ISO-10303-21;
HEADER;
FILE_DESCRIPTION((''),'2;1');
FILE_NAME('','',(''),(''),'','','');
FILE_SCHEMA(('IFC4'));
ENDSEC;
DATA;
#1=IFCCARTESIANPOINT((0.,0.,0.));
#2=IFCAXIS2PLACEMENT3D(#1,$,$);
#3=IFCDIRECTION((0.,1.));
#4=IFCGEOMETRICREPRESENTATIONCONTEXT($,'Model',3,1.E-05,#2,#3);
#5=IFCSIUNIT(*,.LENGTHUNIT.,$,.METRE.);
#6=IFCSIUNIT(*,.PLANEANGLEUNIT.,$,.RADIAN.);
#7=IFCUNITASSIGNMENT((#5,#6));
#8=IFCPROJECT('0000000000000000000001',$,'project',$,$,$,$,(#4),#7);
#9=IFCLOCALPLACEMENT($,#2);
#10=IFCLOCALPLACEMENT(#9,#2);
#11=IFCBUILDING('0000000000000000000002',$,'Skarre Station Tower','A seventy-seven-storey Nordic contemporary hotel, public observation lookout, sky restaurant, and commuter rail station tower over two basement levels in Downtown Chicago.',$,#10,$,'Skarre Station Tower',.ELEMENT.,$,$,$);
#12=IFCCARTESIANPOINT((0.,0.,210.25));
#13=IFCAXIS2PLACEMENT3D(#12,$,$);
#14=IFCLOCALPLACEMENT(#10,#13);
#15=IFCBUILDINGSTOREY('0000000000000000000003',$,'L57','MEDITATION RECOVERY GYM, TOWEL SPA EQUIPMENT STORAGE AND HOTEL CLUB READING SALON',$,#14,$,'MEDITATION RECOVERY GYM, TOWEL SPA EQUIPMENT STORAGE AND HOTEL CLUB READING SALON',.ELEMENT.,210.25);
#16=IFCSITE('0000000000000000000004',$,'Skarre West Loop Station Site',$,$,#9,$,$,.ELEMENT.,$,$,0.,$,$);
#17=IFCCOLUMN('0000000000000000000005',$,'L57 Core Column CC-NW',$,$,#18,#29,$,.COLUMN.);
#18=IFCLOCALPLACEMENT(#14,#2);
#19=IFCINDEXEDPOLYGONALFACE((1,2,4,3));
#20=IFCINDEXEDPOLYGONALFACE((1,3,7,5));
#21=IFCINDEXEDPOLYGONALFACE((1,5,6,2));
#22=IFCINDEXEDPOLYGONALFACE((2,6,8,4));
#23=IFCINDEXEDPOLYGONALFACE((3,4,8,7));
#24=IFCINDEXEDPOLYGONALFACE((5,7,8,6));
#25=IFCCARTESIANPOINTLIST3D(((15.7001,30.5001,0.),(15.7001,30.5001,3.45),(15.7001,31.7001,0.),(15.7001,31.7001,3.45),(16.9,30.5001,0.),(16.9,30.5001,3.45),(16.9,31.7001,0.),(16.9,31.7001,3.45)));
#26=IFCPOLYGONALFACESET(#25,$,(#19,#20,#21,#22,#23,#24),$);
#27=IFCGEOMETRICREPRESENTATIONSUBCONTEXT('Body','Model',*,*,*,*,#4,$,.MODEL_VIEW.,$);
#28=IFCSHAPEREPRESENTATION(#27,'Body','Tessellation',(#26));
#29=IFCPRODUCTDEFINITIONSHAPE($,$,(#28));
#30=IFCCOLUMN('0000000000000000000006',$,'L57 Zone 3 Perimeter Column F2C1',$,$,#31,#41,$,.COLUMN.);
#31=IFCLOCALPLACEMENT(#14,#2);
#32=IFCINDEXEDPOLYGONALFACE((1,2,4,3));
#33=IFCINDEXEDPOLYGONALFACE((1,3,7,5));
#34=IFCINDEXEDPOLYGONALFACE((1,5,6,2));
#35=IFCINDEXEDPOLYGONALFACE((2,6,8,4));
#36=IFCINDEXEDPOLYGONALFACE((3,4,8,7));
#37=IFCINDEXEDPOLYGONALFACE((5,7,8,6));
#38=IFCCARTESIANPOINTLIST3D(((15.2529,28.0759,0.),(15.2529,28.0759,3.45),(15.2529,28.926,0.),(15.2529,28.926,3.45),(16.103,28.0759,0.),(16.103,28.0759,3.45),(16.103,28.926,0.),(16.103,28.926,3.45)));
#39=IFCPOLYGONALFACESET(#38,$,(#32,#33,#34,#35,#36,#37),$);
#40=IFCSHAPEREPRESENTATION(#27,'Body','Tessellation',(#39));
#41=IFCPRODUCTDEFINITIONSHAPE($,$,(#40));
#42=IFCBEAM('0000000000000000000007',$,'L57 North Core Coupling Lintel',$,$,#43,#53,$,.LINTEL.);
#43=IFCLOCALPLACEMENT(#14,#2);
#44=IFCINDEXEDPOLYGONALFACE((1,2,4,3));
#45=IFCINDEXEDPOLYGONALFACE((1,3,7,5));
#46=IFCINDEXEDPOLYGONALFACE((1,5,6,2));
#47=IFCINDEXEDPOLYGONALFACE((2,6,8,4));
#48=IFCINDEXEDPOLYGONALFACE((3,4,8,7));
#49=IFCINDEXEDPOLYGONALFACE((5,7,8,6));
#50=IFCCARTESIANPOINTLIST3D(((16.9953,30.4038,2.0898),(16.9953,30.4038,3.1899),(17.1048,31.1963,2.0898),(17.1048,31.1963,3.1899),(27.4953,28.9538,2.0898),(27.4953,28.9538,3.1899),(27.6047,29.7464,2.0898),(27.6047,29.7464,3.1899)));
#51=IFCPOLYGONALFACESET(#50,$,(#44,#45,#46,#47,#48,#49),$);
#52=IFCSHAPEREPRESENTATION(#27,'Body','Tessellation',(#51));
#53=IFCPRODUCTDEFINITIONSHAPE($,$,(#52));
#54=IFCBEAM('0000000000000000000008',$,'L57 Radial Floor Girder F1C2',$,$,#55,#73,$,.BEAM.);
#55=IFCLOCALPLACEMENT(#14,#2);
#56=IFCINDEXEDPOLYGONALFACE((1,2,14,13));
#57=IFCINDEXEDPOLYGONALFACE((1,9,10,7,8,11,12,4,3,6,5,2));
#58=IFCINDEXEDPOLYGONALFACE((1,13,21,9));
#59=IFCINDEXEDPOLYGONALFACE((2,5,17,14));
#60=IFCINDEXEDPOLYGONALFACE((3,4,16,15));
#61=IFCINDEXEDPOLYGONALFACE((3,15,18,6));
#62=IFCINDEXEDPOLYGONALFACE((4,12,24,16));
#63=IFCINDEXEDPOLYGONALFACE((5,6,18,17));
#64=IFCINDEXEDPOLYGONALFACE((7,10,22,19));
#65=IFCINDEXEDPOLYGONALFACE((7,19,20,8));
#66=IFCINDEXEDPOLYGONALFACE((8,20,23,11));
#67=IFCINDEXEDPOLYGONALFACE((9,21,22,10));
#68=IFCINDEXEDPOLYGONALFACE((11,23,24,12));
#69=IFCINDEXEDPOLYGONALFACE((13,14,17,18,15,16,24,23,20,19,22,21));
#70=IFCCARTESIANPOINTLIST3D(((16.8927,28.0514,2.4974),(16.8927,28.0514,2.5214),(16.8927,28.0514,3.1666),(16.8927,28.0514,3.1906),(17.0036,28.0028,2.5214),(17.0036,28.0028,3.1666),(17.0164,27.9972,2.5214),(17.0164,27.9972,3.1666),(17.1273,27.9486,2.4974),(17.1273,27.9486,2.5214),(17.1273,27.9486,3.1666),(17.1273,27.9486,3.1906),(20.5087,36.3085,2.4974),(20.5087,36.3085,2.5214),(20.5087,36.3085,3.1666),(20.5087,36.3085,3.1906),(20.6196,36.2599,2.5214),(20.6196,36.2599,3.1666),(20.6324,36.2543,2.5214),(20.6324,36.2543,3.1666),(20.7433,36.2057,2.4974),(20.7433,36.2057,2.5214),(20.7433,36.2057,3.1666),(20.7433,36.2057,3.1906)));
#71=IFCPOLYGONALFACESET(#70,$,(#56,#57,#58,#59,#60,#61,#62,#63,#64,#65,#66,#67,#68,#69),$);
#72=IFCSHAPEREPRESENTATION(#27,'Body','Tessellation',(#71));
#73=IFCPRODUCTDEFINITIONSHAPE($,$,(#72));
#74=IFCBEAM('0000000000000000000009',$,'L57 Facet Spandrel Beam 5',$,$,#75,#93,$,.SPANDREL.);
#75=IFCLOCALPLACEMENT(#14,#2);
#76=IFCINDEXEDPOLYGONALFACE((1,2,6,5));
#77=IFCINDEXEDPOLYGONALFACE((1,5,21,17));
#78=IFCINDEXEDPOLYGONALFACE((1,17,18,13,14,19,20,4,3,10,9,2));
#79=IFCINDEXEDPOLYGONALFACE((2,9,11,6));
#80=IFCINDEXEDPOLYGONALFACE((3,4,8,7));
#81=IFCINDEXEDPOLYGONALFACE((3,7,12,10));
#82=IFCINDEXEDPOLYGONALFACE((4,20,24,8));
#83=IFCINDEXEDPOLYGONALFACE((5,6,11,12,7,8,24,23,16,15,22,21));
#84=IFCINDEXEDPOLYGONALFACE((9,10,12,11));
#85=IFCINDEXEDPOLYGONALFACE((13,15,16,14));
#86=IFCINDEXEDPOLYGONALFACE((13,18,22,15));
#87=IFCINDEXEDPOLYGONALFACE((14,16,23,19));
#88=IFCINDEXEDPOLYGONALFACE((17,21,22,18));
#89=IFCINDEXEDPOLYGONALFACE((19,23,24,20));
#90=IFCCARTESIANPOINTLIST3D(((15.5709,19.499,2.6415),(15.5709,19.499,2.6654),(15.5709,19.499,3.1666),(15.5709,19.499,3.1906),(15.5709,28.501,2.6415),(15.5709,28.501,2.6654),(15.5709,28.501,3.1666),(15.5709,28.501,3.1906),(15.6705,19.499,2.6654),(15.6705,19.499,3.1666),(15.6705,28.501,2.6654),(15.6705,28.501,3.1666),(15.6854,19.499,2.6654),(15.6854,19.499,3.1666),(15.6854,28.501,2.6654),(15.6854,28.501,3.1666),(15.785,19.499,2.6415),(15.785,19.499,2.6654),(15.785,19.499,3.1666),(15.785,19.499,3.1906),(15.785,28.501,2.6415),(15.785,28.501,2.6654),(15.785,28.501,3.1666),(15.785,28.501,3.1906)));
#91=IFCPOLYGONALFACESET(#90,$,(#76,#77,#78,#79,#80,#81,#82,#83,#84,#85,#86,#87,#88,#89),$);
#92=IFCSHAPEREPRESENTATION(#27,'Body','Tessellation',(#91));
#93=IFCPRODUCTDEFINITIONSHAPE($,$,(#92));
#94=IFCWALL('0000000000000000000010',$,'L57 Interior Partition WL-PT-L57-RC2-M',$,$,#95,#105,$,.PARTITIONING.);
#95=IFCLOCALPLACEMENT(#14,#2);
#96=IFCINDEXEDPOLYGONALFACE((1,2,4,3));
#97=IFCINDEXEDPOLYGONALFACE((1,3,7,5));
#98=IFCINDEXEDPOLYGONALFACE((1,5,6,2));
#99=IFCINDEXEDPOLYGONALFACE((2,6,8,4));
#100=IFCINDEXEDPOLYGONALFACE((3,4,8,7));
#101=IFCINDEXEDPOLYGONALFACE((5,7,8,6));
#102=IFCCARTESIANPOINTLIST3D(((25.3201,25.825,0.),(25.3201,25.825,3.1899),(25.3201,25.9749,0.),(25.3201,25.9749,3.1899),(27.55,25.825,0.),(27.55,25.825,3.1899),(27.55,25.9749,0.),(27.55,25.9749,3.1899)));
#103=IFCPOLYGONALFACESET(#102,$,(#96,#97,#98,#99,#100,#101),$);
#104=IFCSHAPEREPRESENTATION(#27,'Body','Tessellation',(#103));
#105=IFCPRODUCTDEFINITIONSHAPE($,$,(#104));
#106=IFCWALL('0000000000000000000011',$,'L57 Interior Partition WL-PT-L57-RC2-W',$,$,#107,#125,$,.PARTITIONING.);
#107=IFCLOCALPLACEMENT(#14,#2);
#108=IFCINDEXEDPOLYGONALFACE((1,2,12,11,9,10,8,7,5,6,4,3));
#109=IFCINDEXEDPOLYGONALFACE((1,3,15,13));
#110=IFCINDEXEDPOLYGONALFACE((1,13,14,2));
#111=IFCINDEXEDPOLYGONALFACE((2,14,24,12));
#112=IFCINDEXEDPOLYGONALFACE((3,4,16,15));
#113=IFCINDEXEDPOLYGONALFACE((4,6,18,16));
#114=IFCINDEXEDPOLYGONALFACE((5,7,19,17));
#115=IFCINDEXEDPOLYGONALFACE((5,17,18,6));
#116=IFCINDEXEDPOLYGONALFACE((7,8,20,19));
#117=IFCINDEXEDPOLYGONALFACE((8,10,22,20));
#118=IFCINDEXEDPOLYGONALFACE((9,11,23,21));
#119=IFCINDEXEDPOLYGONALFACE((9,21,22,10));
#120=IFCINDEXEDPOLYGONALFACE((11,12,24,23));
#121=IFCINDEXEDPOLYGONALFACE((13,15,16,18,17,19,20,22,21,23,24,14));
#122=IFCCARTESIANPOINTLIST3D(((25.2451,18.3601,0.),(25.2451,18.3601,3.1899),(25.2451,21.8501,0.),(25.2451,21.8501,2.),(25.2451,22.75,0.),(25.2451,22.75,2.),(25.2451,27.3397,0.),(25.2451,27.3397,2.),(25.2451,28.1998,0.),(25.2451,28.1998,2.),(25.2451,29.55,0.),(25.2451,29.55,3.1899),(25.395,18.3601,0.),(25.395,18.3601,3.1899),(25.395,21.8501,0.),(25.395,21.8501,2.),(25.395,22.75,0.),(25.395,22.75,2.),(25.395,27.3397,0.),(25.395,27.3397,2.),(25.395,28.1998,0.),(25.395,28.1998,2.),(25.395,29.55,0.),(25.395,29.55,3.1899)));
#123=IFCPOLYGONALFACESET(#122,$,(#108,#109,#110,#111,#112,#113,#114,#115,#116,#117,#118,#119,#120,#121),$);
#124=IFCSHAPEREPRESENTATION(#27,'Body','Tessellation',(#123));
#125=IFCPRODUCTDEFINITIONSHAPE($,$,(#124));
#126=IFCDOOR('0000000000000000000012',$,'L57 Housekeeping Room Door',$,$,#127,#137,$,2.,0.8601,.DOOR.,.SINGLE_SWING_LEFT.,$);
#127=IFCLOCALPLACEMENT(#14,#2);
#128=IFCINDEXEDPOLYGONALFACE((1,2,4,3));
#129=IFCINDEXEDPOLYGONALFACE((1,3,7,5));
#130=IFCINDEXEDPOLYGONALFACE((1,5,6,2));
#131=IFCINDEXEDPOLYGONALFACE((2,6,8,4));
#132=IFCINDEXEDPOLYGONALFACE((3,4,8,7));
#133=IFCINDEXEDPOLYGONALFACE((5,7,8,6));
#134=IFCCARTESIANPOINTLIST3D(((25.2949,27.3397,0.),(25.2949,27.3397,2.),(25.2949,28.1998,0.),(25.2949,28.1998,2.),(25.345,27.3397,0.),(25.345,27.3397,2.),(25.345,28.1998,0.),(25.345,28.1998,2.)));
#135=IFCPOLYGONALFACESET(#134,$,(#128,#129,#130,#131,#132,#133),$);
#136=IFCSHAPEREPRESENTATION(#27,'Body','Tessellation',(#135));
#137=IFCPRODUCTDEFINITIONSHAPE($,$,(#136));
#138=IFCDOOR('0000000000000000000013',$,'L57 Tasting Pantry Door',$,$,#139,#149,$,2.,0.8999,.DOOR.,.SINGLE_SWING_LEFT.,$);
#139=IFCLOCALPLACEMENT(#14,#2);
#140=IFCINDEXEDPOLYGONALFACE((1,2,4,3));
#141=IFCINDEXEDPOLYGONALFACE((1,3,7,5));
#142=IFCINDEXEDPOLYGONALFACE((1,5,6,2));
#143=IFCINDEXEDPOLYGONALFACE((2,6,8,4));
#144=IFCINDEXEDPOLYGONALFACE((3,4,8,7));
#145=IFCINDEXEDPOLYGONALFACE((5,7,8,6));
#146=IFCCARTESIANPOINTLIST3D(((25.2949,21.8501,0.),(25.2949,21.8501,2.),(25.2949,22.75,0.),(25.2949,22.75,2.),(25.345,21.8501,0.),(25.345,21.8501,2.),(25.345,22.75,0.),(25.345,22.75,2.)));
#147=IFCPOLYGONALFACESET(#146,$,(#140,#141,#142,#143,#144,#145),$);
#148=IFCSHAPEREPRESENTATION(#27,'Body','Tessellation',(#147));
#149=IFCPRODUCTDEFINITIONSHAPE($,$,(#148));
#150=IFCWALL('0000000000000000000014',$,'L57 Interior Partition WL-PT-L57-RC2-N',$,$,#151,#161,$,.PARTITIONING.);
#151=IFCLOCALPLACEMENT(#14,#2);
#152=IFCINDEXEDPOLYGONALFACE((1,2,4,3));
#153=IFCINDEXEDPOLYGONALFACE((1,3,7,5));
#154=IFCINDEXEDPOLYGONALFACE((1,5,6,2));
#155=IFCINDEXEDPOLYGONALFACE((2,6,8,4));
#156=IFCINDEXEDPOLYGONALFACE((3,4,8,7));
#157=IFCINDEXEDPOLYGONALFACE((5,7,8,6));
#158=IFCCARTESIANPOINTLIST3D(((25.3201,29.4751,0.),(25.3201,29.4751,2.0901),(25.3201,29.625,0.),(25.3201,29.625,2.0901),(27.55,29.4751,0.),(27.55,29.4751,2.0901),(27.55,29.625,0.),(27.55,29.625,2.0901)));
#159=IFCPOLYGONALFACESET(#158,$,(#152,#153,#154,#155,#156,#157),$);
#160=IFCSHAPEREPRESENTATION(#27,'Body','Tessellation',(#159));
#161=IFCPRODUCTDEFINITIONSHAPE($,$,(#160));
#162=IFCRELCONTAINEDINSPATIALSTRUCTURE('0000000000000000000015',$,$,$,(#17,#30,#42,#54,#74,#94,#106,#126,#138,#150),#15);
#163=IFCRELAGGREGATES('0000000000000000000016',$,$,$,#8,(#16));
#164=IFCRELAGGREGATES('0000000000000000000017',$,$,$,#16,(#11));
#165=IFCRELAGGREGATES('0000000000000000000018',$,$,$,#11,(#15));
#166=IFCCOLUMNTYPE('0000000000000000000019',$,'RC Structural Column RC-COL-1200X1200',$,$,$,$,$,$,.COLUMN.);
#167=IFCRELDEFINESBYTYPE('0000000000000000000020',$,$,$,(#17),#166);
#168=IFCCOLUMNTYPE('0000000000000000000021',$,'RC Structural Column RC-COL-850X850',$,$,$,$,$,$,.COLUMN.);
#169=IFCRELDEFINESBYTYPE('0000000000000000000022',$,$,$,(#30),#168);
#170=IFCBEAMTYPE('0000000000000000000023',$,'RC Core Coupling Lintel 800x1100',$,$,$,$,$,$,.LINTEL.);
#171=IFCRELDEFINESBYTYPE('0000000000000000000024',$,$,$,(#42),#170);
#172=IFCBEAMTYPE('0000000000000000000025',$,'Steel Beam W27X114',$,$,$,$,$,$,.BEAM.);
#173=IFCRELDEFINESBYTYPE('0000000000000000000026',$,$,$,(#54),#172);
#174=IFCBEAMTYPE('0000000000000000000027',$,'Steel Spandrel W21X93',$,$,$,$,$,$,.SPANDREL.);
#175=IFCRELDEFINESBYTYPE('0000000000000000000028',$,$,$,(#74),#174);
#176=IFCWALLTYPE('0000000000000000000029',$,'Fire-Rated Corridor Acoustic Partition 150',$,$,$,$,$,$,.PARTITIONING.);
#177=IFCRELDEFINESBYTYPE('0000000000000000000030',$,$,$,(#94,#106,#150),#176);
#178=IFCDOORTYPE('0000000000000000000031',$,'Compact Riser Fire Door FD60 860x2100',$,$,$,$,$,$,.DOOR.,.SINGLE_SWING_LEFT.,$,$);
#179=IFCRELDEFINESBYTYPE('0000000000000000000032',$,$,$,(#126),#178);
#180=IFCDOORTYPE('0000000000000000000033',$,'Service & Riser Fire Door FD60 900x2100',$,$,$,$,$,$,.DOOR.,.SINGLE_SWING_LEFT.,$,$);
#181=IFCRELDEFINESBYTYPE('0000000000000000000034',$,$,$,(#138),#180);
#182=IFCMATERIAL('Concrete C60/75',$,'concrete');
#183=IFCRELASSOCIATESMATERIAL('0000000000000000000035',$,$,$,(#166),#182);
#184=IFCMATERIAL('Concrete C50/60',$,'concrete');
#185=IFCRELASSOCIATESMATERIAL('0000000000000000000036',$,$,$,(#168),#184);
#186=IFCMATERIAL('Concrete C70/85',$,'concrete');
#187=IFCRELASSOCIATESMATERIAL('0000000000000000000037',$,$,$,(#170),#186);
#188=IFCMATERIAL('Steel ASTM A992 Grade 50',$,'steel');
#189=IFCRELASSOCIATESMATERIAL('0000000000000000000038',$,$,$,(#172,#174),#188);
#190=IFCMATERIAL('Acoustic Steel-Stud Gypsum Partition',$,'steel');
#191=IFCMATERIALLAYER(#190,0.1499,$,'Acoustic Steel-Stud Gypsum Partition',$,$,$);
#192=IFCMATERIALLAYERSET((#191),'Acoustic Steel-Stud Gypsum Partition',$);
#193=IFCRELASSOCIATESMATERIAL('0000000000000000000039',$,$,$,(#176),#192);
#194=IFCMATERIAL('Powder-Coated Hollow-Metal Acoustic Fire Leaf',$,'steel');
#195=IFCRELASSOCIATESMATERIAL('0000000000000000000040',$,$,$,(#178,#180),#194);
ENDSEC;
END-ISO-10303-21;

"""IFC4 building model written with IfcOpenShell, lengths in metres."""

from ifc_helpers import new_model, si_unit, direction, frame, frame_2d, origin, origin_2d, place, context, subcontext, project, spatial, rectangle, i_section, extrude, material, layer, layer_set, material_profile, profile_set, type_object, element, fill, save


model = new_model("IFC4")

# Units and contexts
model_context = context("Model", 3, precision=1e-05, world=origin(), true_north=direction((0.0, 1.0)))
body_context = subcontext(model_context, "Body", "Model", "MODEL_VIEW")
ifc_project = project(units=[si_unit("LENGTHUNIT", "METRE"), si_unit("PLANEANGLEUNIT", "RADIAN")], contexts=[model_context])

# Site, building, storey
site_placement = place(None, origin())
site = spatial("IfcSite", under=ifc_project, at=site_placement, Name="Skarre West Loop Station Site", CompositionType="ELEMENT", RefElevation=0.0)
building_placement = place(site_placement, origin())
building = spatial("IfcBuilding", under=site, at=building_placement, Name="Skarre Station Tower", Description="A seventy-seven-storey Nordic contemporary hotel, public observation lookout, sky restaurant, and commuter rail station tower over two basement levels in Downtown Chicago.", LongName="Skarre Station Tower", CompositionType="ELEMENT")
storey_placement = place(building_placement, frame((0.0, 0.0, 210.25)))
storey = spatial("IfcBuildingStorey", under=building, at=storey_placement, Name="L57", Description="MEDITATION RECOVERY GYM, TOWEL SPA EQUIPMENT STORAGE AND HOTEL CLUB READING SALON", LongName="MEDITATION RECOVERY GYM, TOWEL SPA EQUIPMENT STORAGE AND HOTEL CLUB READING SALON", CompositionType="ELEMENT", Elevation=210.25)

# Columns
ifc_material_1 = material(Name="Concrete C60/75", Category="concrete")
ifc_material_profile_1 = material_profile(ifc_material_1, rectangle(XDim=1.2, YDim=1.2, at=origin_2d()), Name="Concrete C60/75")
ifc_profile_set_1 = profile_set([ifc_material_profile_1], Name="Concrete C60/75")
column_type_1 = type_object("IfcColumnType", Name="RC Structural Column RC-COL-1200X1200", PredefinedType="COLUMN", material=ifc_profile_set_1)
column_1_placement = place(storey_placement, frame((16.3, 31.1001, 0.0), z_axis=(0.0, 0.0, 1.0), x_axis=(1.0, 0.0, 0.0)))
element("IfcColumn", 1, at=column_1_placement, inside=storey, type_object=column_type_1, Name="L57 Core Column CC-NW", PredefinedType="COLUMN", context=body_context, shape_type="SweptSolid", body=[
    extrude(rectangle(XDim=1.2, YDim=1.2, at=origin_2d()), origin(), (0.0, 0.0, 1.0), 3.45),
])
ifc_material_2 = material(Name="Concrete C50/60", Category="concrete")
ifc_material_profile_2 = material_profile(ifc_material_2, rectangle(XDim=0.8501, YDim=0.8501, at=origin_2d()), Name="Concrete C50/60")
ifc_profile_set_2 = profile_set([ifc_material_profile_2], Name="Concrete C50/60")
column_type_2 = type_object("IfcColumnType", Name="RC Structural Column RC-COL-850X850", PredefinedType="COLUMN", material=ifc_profile_set_2)
column_2_placement = place(storey_placement, frame((15.678, 28.501, 0.0), z_axis=(0.0, 0.0, 1.0), x_axis=(1.0, 0.0, 0.0)))
element("IfcColumn", 2, at=column_2_placement, inside=storey, type_object=column_type_2, Name="L57 Zone 3 Perimeter Column F2C1", PredefinedType="COLUMN", context=body_context, shape_type="SweptSolid", body=[
    extrude(rectangle(XDim=0.8501, YDim=0.8501, at=origin_2d()), origin(), (0.0, 0.0, 1.0), 3.45),
])

# Beams
ifc_material_3 = material(Name="Concrete C70/85", Category="concrete")
ifc_material_profile_3 = material_profile(ifc_material_3, rectangle(XDim=0.8, YDim=1.1001, at=origin_2d()), Name="Concrete C70/85")
ifc_profile_set_3 = profile_set([ifc_material_profile_3], Name="Concrete C70/85")
beam_type_1 = type_object("IfcBeamType", Name="RC Core Coupling Lintel 800x1100", PredefinedType="LINTEL", material=ifc_profile_set_3)
beam_1_placement = place(storey_placement, frame((17.05, 30.8, 2.6399), z_axis=(0.9906, -0.136792, 0.0), x_axis=(0.136792, 0.9906, 0.0)))
element("IfcBeam", 3, at=beam_1_placement, inside=storey, type_object=beam_type_1, Name="L57 North Core Coupling Lintel", PredefinedType="LINTEL", context=body_context, shape_type="SweptSolid", body=[
    extrude(rectangle(XDim=0.8, YDim=1.1001, at=origin_2d()), origin(), (0.0, 0.0, 1.0), 10.5996),
])
ifc_material_4 = material(Name="Steel ASTM A992 Grade 50", Category="steel")
ifc_material_profile_4 = material_profile(ifc_material_4, i_section(OverallWidth=0.2561, OverallDepth=0.6931, WebThickness=0.0139, FlangeThickness=0.0239, at=origin_2d()), Name="Steel ASTM A992 Grade 50")
ifc_profile_set_4 = profile_set([ifc_material_profile_4], Name="Steel ASTM A992 Grade 50")
beam_type_2 = type_object("IfcBeamType", Name="Steel Beam W27X114", PredefinedType="BEAM", material=ifc_profile_set_4)
beam_2_placement = place(storey_placement, frame((17.01, 28.0, 2.844), z_axis=(0.401144, 0.916015, 0.0), x_axis=(-0.916015, 0.401144, 0.0)))
element("IfcBeam", 4, at=beam_2_placement, inside=storey, type_object=beam_type_2, Name="L57 Radial Floor Girder F1C2", PredefinedType="BEAM", context=body_context, shape_type="SweptSolid", body=[
    extrude(i_section(OverallWidth=0.2561, OverallDepth=0.6931, WebThickness=0.0139, FlangeThickness=0.0239, at=origin_2d()), origin(), (0.0, 0.0, 1.0), 9.0142),
])
ifc_material_profile_5 = material_profile(ifc_material_4, i_section(OverallWidth=0.2141, OverallDepth=0.5491, WebThickness=0.0149, FlangeThickness=0.0239, at=origin_2d()), Name="Steel ASTM A992 Grade 50")
ifc_profile_set_5 = profile_set([ifc_material_profile_5], Name="Steel ASTM A992 Grade 50")
beam_type_3 = type_object("IfcBeamType", Name="Steel Spandrel W21X93", PredefinedType="SPANDREL", material=ifc_profile_set_5)
beam_3_placement = place(storey_placement, frame((15.678, 28.501, 2.916), z_axis=(0.0, -1.0, 0.0), x_axis=(1.0, 0.0, 0.0)))
element("IfcBeam", 5, at=beam_3_placement, inside=storey, type_object=beam_type_3, Name="L57 Facet Spandrel Beam 5", PredefinedType="SPANDREL", context=body_context, shape_type="SweptSolid", body=[
    extrude(i_section(OverallWidth=0.2141, OverallDepth=0.5491, WebThickness=0.0149, FlangeThickness=0.0239, at=origin_2d()), origin(), (0.0, 0.0, 1.0), 9.002),
])

# Wall
ifc_material_5 = material(Name="Acoustic Steel-Stud Gypsum Partition", Category="steel")
ifc_layer_1 = layer(ifc_material_5, 0.1499, Name="Acoustic Steel-Stud Gypsum Partition")
ifc_layer_set_1 = layer_set([ifc_layer_1], Name="Acoustic Steel-Stud Gypsum Partition")
wall_type_1 = type_object("IfcWallType", Name="Fire-Rated Corridor Acoustic Partition 150", PredefinedType="PARTITIONING", material=ifc_layer_set_1)
wall_1_placement = place(storey_placement, frame((25.3201, 25.8999, 0.0), z_axis=(0.0, 0.0, 1.0), x_axis=(1.0, 0.0, 0.0)))
element("IfcWall", 6, at=wall_1_placement, inside=storey, type_object=wall_type_1, Name="L57 Interior Partition WL-PT-L57-RC2-M", PredefinedType="PARTITIONING", context=body_context, shape_type="SweptSolid", body=[
    extrude(rectangle(XDim=2.23, YDim=0.1499, at=frame_2d((1.115, 0.0))), origin(), (0.0, 0.0, 1.0), 3.1899),
])

# Wall, openings, doors
wall_2_placement = place(storey_placement, frame((25.3201, 29.55, 0.0), z_axis=(0.0, 0.0, 1.0), x_axis=(0.0, -1.0, 0.0)))
wall_2 = element("IfcWall", 7, at=wall_2_placement, inside=storey, type_object=wall_type_1, Name="L57 Interior Partition WL-PT-L57-RC2-W", PredefinedType="PARTITIONING", context=body_context, shape_type="SweptSolid", body=[
    extrude(rectangle(XDim=11.1899, YDim=0.1499, at=frame_2d((5.595, 0.0))), origin(), (0.0, 0.0, 1.0), 3.1899),
])
opening_1_placement = place(wall_2_placement, frame((1.3501, 0.0, 0.0)))
opening_1 = element("IfcOpeningElement", 8, at=opening_1_placement, cuts=wall_2, PredefinedType="OPENING", context=body_context, shape_type="SweptSolid", body=[
    extrude(rectangle(XDim=0.8601, YDim=2.0, at=frame_2d((0.4302, 1.0))), frame((0.0, 0.085, 0.0), z_axis=(0.0, -1.0, 0.0), x_axis=(1.0, 0.0, 0.0)), (0.0, 0.0, 1.0), 0.1699),
])
opening_2_placement = place(wall_2_placement, frame((6.8, 0.0, 0.0)))
opening_2 = element("IfcOpeningElement", 9, at=opening_2_placement, cuts=wall_2, PredefinedType="OPENING", context=body_context, shape_type="SweptSolid", body=[
    extrude(rectangle(XDim=0.8999, YDim=2.0, at=frame_2d((0.45, 1.0))), frame((0.0, 0.085, 0.0), z_axis=(0.0, -1.0, 0.0), x_axis=(1.0, 0.0, 0.0)), (0.0, 0.0, 1.0), 0.1699),
])
ifc_material_6 = material(Name="Powder-Coated Hollow-Metal Acoustic Fire Leaf", Category="steel")
door_type_1 = type_object("IfcDoorType", Name="Compact Riser Fire Door FD60 860x2100", OperationType="SINGLE_SWING_LEFT", PredefinedType="DOOR", material=ifc_material_6)
door_1_placement = place(opening_1_placement, origin())
door_1 = element("IfcDoor", 10, at=door_1_placement, inside=storey, type_object=door_type_1, Name="L57 Housekeeping Room Door", OperationType="SINGLE_SWING_LEFT", OverallHeight=2.0, OverallWidth=0.8601, PredefinedType="DOOR", context=body_context, shape_type="SweptSolid", body=[
    extrude(rectangle(XDim=0.8601, YDim=2.0, at=frame_2d((0.4302, 1.0))), frame((0.0, 0.0249, 0.0), z_axis=(0.0, -1.0, 0.0), x_axis=(1.0, 0.0, 0.0)), (0.0, 0.0, 1.0), 0.05),
])
fill(opening_1, door_1)
door_type_2 = type_object("IfcDoorType", Name="Service & Riser Fire Door FD60 900x2100", OperationType="SINGLE_SWING_LEFT", PredefinedType="DOOR", material=ifc_material_6)
door_2_placement = place(opening_2_placement, origin())
door_2 = element("IfcDoor", 11, at=door_2_placement, inside=storey, type_object=door_type_2, Name="L57 Tasting Pantry Door", OperationType="SINGLE_SWING_LEFT", OverallHeight=2.0, OverallWidth=0.8999, PredefinedType="DOOR", context=body_context, shape_type="SweptSolid", body=[
    extrude(rectangle(XDim=0.8999, YDim=2.0, at=frame_2d((0.45, 1.0))), frame((0.0, 0.0249, 0.0), z_axis=(0.0, -1.0, 0.0), x_axis=(1.0, 0.0, 0.0)), (0.0, 0.0, 1.0), 0.05),
])
fill(opening_2, door_2)

# Wall
wall_3_placement = place(storey_placement, frame((27.55, 29.55, 0.0), z_axis=(0.0, 0.0, 1.0), x_axis=(-1.0, 0.0, 0.0)))
element("IfcWall", 12, at=wall_3_placement, inside=storey, type_object=wall_type_1, Name="L57 Interior Partition WL-PT-L57-RC2-N", PredefinedType="PARTITIONING", context=body_context, shape_type="SweptSolid", body=[
    extrude(rectangle(XDim=2.23, YDim=0.1499, at=frame_2d((1.115, 0.0))), origin(), (0.0, 0.0, 1.0), 2.0901),
])

save(model, "model.ifc")
